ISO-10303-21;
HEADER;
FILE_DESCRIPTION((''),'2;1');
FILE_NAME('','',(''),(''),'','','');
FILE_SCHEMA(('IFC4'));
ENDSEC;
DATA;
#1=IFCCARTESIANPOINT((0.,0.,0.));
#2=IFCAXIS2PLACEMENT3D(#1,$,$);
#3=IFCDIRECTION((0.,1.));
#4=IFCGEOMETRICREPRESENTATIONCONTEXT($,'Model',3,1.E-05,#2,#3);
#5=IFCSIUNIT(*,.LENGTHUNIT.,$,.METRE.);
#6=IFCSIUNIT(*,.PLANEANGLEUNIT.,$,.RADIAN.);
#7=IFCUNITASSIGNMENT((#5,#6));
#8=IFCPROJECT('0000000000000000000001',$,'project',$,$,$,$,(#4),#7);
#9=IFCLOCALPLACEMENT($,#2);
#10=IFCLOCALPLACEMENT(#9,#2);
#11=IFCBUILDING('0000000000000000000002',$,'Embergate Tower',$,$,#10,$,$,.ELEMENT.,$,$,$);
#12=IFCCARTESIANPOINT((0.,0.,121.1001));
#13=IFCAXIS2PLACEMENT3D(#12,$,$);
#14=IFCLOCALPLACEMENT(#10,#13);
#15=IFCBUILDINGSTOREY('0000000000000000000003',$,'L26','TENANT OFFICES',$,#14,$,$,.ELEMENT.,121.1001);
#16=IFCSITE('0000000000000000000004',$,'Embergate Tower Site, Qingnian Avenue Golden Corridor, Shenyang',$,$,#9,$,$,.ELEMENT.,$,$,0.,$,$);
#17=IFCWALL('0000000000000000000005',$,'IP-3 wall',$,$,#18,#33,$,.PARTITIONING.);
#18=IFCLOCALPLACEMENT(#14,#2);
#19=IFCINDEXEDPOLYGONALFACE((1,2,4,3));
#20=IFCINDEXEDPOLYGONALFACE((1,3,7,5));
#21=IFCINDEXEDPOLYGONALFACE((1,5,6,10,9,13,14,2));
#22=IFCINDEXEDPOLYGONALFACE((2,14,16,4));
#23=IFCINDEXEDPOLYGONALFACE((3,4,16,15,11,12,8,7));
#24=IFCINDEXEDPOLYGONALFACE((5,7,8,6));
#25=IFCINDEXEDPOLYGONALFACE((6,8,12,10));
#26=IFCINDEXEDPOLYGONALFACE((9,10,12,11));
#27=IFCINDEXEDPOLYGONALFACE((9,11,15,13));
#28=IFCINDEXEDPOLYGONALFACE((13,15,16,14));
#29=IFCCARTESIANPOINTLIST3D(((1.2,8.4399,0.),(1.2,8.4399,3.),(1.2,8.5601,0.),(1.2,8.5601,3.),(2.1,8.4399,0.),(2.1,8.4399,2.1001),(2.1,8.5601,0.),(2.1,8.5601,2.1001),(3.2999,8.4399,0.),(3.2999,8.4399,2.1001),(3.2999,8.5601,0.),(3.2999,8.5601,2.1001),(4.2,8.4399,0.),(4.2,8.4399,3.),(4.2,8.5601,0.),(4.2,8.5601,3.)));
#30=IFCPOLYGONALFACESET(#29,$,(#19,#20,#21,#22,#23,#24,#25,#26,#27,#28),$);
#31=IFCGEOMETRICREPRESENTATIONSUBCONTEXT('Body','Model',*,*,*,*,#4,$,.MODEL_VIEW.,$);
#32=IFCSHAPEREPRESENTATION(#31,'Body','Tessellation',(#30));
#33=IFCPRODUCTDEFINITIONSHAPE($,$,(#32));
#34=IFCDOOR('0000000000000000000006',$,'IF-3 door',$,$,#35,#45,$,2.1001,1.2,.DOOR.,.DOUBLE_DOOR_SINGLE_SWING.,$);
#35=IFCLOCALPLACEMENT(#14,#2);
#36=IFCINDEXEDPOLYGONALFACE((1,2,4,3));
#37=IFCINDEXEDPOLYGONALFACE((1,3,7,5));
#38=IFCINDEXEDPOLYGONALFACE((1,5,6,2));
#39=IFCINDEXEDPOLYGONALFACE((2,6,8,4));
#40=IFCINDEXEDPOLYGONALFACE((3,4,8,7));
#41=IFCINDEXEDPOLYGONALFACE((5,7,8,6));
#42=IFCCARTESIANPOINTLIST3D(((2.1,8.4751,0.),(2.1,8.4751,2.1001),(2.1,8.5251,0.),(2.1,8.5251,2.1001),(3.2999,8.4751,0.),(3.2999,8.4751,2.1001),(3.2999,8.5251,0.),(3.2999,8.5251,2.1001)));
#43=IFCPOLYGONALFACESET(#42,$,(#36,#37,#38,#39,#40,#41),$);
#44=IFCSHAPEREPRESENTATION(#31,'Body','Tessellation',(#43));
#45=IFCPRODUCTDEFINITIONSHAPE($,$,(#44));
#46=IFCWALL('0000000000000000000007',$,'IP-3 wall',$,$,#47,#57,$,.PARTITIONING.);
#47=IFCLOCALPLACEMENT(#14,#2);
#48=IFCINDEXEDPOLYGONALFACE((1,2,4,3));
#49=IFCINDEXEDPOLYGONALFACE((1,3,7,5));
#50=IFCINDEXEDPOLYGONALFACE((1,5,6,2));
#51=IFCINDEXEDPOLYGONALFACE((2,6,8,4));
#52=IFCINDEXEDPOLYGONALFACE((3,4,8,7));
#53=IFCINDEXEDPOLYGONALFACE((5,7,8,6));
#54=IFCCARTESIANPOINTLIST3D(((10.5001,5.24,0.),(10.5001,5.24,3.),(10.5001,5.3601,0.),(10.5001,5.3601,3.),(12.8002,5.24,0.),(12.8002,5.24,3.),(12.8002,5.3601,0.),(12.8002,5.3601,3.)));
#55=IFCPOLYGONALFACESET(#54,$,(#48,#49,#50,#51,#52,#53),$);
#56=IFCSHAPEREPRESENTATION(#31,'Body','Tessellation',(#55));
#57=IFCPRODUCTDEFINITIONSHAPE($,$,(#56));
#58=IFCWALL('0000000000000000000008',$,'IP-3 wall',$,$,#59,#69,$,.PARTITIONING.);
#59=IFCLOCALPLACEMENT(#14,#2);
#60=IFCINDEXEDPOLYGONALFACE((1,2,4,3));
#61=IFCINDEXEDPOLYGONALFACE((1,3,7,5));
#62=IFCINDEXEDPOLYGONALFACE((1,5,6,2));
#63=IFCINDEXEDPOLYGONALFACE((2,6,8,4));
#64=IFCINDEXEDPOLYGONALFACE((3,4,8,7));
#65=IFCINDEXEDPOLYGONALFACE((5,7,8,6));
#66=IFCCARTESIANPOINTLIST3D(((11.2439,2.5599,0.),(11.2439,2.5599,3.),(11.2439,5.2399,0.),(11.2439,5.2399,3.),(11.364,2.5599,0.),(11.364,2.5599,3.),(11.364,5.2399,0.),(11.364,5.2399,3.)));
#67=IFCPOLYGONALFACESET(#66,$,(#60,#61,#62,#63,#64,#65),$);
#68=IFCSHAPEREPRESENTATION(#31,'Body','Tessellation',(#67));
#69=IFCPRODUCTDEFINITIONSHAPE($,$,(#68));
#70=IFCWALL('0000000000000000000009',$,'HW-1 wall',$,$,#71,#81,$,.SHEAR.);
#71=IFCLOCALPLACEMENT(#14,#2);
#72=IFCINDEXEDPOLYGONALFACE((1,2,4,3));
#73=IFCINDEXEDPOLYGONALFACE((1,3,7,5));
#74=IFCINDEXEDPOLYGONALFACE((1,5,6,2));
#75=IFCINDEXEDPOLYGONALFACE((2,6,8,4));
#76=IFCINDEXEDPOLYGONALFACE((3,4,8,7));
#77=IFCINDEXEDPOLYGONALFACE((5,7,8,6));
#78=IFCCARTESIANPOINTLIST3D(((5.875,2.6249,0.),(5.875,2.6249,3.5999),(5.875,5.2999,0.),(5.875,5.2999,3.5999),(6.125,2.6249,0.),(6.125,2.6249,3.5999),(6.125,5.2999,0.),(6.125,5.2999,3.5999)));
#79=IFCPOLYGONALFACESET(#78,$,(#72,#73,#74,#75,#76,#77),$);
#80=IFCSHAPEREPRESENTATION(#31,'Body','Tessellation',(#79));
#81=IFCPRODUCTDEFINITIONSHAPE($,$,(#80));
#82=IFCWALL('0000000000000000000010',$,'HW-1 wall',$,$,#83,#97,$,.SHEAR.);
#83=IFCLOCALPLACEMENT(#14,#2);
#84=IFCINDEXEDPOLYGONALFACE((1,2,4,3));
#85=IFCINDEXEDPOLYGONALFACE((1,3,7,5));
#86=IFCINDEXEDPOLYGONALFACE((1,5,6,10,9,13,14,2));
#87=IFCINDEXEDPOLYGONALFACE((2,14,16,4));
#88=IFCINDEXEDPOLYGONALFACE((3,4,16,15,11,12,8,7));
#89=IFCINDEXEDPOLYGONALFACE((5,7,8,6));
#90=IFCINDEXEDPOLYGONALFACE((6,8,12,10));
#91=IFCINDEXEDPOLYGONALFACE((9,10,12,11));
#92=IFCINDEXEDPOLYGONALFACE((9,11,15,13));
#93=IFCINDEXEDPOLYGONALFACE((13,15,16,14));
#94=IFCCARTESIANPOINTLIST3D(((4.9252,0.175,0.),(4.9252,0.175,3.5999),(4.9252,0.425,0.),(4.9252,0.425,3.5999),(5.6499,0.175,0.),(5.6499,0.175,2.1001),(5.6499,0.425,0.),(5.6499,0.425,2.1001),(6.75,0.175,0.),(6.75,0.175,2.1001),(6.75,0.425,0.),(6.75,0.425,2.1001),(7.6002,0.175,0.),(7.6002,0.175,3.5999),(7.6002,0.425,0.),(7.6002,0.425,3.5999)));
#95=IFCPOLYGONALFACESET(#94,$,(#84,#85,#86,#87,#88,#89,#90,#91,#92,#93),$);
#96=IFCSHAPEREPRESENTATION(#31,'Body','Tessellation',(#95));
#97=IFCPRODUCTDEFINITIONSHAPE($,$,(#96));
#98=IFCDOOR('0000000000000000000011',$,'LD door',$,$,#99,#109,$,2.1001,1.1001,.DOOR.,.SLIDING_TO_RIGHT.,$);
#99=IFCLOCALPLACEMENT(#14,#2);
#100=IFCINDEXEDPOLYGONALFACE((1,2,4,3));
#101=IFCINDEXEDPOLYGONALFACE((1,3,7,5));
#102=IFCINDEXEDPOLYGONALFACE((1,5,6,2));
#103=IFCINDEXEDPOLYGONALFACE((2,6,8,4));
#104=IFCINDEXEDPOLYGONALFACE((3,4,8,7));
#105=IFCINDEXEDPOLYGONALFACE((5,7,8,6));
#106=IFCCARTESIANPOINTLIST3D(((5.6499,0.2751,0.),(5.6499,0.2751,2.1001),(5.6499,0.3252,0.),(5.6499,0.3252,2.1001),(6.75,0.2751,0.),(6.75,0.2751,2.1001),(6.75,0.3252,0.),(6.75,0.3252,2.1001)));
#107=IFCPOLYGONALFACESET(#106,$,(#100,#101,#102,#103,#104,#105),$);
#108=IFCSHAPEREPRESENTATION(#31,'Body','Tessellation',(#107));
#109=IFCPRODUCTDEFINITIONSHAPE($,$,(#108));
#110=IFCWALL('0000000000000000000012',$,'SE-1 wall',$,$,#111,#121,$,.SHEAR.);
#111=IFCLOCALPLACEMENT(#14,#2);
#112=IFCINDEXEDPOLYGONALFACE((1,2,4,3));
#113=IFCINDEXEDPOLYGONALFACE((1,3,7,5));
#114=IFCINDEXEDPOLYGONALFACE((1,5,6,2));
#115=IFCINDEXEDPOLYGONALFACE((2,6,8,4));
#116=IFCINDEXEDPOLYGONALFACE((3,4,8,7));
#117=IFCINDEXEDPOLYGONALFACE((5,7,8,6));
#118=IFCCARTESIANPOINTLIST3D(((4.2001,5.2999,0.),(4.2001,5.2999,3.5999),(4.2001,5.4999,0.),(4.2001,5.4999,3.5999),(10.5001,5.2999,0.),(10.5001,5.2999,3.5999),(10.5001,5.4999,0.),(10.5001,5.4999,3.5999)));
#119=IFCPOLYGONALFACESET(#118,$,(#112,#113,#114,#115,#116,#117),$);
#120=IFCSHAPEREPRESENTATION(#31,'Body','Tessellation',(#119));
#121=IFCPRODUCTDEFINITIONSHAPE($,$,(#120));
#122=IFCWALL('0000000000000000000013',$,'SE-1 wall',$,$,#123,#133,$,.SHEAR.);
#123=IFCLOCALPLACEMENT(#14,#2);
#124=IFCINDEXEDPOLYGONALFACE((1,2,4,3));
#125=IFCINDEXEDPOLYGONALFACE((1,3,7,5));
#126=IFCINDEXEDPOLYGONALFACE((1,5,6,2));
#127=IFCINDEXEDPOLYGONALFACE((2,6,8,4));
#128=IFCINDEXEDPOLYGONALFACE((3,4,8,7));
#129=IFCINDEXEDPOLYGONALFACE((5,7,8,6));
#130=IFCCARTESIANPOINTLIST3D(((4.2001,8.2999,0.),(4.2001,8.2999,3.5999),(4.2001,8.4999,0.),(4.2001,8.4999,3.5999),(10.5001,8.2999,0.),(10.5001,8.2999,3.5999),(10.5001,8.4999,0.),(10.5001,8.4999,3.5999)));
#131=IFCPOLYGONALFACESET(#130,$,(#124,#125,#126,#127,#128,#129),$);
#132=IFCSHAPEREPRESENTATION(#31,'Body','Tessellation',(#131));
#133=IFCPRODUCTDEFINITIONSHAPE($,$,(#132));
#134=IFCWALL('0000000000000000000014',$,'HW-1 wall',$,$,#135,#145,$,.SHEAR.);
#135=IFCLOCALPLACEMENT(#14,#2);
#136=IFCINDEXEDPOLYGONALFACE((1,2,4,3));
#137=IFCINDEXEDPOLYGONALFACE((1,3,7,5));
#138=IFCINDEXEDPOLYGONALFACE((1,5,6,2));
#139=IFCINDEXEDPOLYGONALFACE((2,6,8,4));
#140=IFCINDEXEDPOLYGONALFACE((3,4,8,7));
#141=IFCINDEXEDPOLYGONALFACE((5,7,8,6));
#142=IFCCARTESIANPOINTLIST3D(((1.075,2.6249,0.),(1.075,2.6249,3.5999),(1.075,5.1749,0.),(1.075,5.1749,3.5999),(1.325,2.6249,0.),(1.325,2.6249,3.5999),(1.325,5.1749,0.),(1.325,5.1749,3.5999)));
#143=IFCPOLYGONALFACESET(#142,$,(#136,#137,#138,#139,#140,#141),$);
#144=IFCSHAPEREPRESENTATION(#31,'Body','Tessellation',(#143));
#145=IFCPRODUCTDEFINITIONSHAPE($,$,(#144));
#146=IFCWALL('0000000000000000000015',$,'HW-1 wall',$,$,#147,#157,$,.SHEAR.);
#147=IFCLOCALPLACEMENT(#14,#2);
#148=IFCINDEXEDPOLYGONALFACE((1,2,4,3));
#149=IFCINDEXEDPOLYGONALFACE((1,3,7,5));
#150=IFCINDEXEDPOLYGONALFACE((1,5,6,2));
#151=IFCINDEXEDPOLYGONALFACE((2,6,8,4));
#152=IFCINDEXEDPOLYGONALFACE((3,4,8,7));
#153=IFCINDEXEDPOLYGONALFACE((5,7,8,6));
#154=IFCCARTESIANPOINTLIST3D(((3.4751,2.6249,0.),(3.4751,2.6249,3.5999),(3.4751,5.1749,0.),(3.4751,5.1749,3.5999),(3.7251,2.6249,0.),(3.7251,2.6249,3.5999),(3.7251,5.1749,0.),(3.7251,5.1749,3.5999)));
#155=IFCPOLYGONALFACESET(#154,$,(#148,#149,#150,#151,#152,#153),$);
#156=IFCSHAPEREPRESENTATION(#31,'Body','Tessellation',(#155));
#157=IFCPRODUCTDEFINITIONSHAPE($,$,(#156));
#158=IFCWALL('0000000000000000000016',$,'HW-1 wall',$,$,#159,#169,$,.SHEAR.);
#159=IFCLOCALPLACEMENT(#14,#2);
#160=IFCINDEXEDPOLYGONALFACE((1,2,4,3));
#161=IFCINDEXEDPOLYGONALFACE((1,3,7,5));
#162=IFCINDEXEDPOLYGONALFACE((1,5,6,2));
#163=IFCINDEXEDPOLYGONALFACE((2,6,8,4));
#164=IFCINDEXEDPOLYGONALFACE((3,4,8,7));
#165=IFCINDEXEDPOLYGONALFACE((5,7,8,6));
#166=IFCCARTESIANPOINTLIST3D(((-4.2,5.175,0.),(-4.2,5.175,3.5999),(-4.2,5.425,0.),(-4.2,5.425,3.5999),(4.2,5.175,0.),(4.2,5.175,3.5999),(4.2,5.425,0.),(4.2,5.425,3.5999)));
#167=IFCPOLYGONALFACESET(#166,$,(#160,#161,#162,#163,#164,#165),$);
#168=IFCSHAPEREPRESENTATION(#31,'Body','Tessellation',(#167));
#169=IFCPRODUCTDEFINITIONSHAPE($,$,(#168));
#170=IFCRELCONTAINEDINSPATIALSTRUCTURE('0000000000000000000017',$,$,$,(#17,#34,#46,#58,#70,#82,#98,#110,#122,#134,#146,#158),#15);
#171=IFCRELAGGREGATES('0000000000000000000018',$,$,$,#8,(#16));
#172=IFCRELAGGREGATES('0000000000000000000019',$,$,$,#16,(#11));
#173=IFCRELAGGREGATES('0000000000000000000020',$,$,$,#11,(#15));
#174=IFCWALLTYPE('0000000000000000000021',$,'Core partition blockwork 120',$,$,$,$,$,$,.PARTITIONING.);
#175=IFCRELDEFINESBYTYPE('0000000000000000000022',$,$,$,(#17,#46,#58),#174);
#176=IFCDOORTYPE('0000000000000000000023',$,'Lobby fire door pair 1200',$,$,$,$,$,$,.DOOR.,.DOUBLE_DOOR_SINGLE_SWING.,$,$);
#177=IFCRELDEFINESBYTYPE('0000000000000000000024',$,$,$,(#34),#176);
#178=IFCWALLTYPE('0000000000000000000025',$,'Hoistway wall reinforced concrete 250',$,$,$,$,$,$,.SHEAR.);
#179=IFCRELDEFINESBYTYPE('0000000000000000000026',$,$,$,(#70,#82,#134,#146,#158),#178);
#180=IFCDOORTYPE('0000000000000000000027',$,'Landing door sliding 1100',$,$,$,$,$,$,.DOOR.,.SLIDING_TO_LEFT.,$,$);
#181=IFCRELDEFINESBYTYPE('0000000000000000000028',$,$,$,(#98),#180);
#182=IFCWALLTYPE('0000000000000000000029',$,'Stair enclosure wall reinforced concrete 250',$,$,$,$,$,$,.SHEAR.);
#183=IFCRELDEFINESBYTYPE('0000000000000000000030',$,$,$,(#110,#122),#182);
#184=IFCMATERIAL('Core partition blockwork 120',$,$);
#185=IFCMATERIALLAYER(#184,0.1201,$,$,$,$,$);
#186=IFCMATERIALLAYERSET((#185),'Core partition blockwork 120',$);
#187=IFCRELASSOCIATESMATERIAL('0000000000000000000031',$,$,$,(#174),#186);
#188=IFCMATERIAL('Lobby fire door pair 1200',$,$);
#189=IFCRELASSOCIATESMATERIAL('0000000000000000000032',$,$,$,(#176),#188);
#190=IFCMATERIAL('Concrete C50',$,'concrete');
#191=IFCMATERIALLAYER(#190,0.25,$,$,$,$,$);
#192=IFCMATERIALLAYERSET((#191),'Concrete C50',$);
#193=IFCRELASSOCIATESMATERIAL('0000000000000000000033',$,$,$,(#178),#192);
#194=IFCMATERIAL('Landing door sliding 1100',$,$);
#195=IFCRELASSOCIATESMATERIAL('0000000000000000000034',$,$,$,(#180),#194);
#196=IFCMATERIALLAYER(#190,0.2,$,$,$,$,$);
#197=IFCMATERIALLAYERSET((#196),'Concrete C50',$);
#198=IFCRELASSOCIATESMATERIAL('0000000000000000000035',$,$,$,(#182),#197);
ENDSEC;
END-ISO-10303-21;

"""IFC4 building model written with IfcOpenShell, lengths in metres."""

from ifc_helpers import new_model, si_unit, direction, frame, frame_2d, origin, place, context, subcontext, project, spatial, rectangle, extrude, source, transform, mapped, material, layer, layer_set, type_object, element, fill, save


model = new_model("IFC4")

# Units and contexts
model_context = context("Model", 3, precision=1e-05, world=origin(), true_north=direction((0.0, 1.0)))
body_context = subcontext(model_context, "Body", "Model", "MODEL_VIEW")
ifc_project = project(units=[si_unit("LENGTHUNIT", "METRE"), si_unit("PLANEANGLEUNIT", "RADIAN")], contexts=[model_context])

# Site, building, storey
site_placement = place(None, origin())
site = spatial("IfcSite", under=ifc_project, at=site_placement, Name="Embergate Tower Site, Qingnian Avenue Golden Corridor, Shenyang", CompositionType="ELEMENT", RefElevation=0.0)
building_placement = place(site_placement, origin())
building = spatial("IfcBuilding", under=site, at=building_placement, Name="Embergate Tower", CompositionType="ELEMENT")
storey_placement = place(building_placement, frame((0.0, 0.0, 121.1001)))
storey = spatial("IfcBuildingStorey", under=building, at=storey_placement, Name="L26", Description="TENANT OFFICES", CompositionType="ELEMENT", Elevation=121.1001)

# Shared definitions
ifc_material_1 = material(Name="Core partition blockwork 120")
ifc_layer_1 = layer(ifc_material_1, 0.1201)
ifc_layer_set_1 = layer_set([ifc_layer_1], Name="Core partition blockwork 120")
wall_type_1 = type_object("IfcWallType", Name="Core partition blockwork 120", PredefinedType="PARTITIONING", material=ifc_layer_set_1)

# Wall, opening, door
shared_shape_1 = source(origin(), body_context, "Body", "SweptSolid", [
    extrude(rectangle(XDim=3.0, YDim=0.1201, at=frame_2d((1.5, 0.0))), origin(), (0.0, 0.0, 1.0), 3.0),
])
wall_1_placement = place(storey_placement, frame((4.2, 8.5, 0.0), z_axis=(0.0, 0.0, 1.0), x_axis=(-1.0, 0.0, 0.0)))
wall_1 = element("IfcWall", 1, at=wall_1_placement, inside=storey, type_object=wall_type_1, Name="IP-3 wall", PredefinedType="PARTITIONING", context=body_context, shape_type="MappedRepresentation", body=[
    mapped(shared_shape_1, transform((0.0, 0.0, 0.0))),
])
shared_shape_2 = source(origin(), body_context, "Body", "SweptSolid", [
    extrude(rectangle(XDim=1.2, YDim=2.1001, at=frame_2d((0.6001, 1.05))), frame((0.0, 0.0701, 0.0), z_axis=(0.0, -1.0, 0.0), x_axis=(1.0, 0.0, 0.0)), (0.0, 0.0, 1.0), 0.1401),
])
opening_1_placement = place(wall_1_placement, frame((0.8999, 0.0, 0.0)))
opening_1 = element("IfcOpeningElement", 2, at=opening_1_placement, cuts=wall_1, PredefinedType="OPENING", context=body_context, shape_type="MappedRepresentation", body=[
    mapped(shared_shape_2, transform((0.0, 0.0, 0.0))),
])
ifc_material_2 = material(Name="Lobby fire door pair 1200")
door_type_1 = type_object("IfcDoorType", Name="Lobby fire door pair 1200", OperationType="DOUBLE_DOOR_SINGLE_SWING", PredefinedType="DOOR", material=ifc_material_2)
shared_shape_3 = source(origin(), body_context, "Body", "SweptSolid", [
    extrude(rectangle(XDim=1.2, YDim=2.1001, at=frame_2d((0.6001, 1.05))), frame((0.0, 0.0249, 0.0), z_axis=(0.0, -1.0, 0.0), x_axis=(1.0, 0.0, 0.0)), (0.0, 0.0, 1.0), 0.05),
])
door_1_placement = place(opening_1_placement, origin())
door_1 = element("IfcDoor", 3, at=door_1_placement, inside=storey, type_object=door_type_1, Name="IF-3 door", OperationType="DOUBLE_DOOR_SINGLE_SWING", OverallHeight=2.1001, OverallWidth=1.2, PredefinedType="DOOR", context=body_context, shape_type="MappedRepresentation", body=[
    mapped(shared_shape_3, transform((0.0, 0.0, 0.0))),
])
fill(opening_1, door_1)

# Walls
shared_shape_4 = source(origin(), body_context, "Body", "SweptSolid", [
    extrude(rectangle(XDim=2.3, YDim=0.1201, at=frame_2d((1.1499, 0.0))), origin(), (0.0, 0.0, 1.0), 3.0),
])
wall_2_placement = place(storey_placement, frame((12.8, 5.3, 0.0), z_axis=(0.0, 0.0, 1.0), x_axis=(-1.0, 0.0, 0.0)))
element("IfcWall", 4, at=wall_2_placement, inside=storey, type_object=wall_type_1, Name="IP-3 wall", PredefinedType="PARTITIONING", context=body_context, shape_type="MappedRepresentation", body=[
    mapped(shared_shape_4, transform((0.0, 0.0, 0.0))),
])
shared_shape_5 = source(origin(), body_context, "Body", "SweptSolid", [
    extrude(rectangle(XDim=2.6799, YDim=0.1201, at=frame_2d((1.3398, 0.0))), origin(), (0.0, 0.0, 1.0), 3.0),
])
wall_3_placement = place(storey_placement, frame((11.304, 2.5601, 0.0), z_axis=(0.0, 0.0, 1.0), x_axis=(0.0, 1.0, 0.0)))
element("IfcWall", 5, at=wall_3_placement, inside=storey, type_object=wall_type_1, Name="IP-3 wall", PredefinedType="PARTITIONING", context=body_context, shape_type="MappedRepresentation", body=[
    mapped(shared_shape_5, transform((0.0, 0.0, 0.0))),
])
ifc_material_3 = material(Name="Concrete C50", Category="concrete")
ifc_layer_2 = layer(ifc_material_3, 0.25)
ifc_layer_set_2 = layer_set([ifc_layer_2], Name="Concrete C50")
wall_type_2 = type_object("IfcWallType", Name="Hoistway wall reinforced concrete 250", PredefinedType="SHEAR", material=ifc_layer_set_2)
shared_shape_6 = source(origin(), body_context, "Body", "SweptSolid", [
    extrude(rectangle(XDim=2.675, YDim=0.25, at=frame_2d((1.3374, 0.0))), origin(), (0.0, 0.0, 1.0), 3.5999),
])
wall_4_placement = place(storey_placement, frame((6.0, 2.625, 0.0), z_axis=(0.0, 0.0, 1.0), x_axis=(0.0, 1.0, 0.0)))
element("IfcWall", 6, at=wall_4_placement, inside=storey, type_object=wall_type_2, Name="HW-1 wall", PredefinedType="SHEAR", context=body_context, shape_type="MappedRepresentation", body=[
    mapped(shared_shape_6, transform((0.0, 0.0, 0.0))),
])

# Wall, opening, door
wall_5_placement = place(storey_placement, frame((7.6001, 0.3, 0.0), z_axis=(0.0, 0.0, 1.0), x_axis=(-1.0, 0.0, 0.0)))
wall_5 = element("IfcWall", 7, at=wall_5_placement, inside=storey, type_object=wall_type_2, Name="HW-1 wall", PredefinedType="SHEAR", context=body_context, shape_type="MappedRepresentation", body=[
    mapped(shared_shape_6, transform((0.0, 0.0, 0.0))),
])
shared_shape_7 = source(origin(), body_context, "Body", "SweptSolid", [
    extrude(rectangle(XDim=1.1001, YDim=2.1001, at=frame_2d((0.55, 1.05))), frame((0.0, 0.135, 0.0), z_axis=(0.0, -1.0, 0.0), x_axis=(1.0, 0.0, 0.0)), (0.0, 0.0, 1.0), 0.27),
])
opening_2_placement = place(wall_5_placement, frame((0.8501, 0.0, 0.0)))
opening_2 = element("IfcOpeningElement", 8, at=opening_2_placement, cuts=wall_5, PredefinedType="OPENING", context=body_context, shape_type="MappedRepresentation", body=[
    mapped(shared_shape_7, transform((0.0, 0.0, 0.0))),
])
ifc_material_4 = material(Name="Landing door sliding 1100")
door_type_2 = type_object("IfcDoorType", Name="Landing door sliding 1100", OperationType="SLIDING_TO_LEFT", PredefinedType="DOOR", material=ifc_material_4)
shared_shape_8 = source(origin(), body_context, "Body", "SweptSolid", [
    extrude(rectangle(XDim=1.1001, YDim=2.1001, at=frame_2d((0.55, 1.05))), frame((0.0, 0.0249, 0.0), z_axis=(0.0, -1.0, 0.0), x_axis=(1.0, 0.0, 0.0)), (0.0, 0.0, 1.0), 0.05),
])
door_2_placement = place(opening_2_placement, origin())
door_2 = element("IfcDoor", 9, at=door_2_placement, inside=storey, type_object=door_type_2, Name="LD door", OperationType="SLIDING_TO_RIGHT", OverallHeight=2.1001, OverallWidth=1.1001, PredefinedType="DOOR", context=body_context, shape_type="MappedRepresentation", body=[
    mapped(shared_shape_8, transform((0.0, 0.0, 0.0))),
])
fill(opening_2, door_2)

# Walls
ifc_layer_3 = layer(ifc_material_3, 0.2)
ifc_layer_set_3 = layer_set([ifc_layer_3], Name="Concrete C50")
wall_type_3 = type_object("IfcWallType", Name="Stair enclosure wall reinforced concrete 250", PredefinedType="SHEAR", material=ifc_layer_set_3)
shared_shape_9 = source(origin(), body_context, "Body", "SweptSolid", [
    extrude(rectangle(XDim=6.3, YDim=0.2, at=frame_2d((3.1499, 0.0))), origin(), (0.0, 0.0, 1.0), 3.5999),
])
for number, where, z_axis, x_axis, name in (
    (10, (10.5, 5.3999, 0.0), (0.0, 0.0, 1.0), (-1.0, 0.0, 0.0), "SE-1 wall"),
    (11, (10.5, 8.3999, 0.0), (0.0, 0.0, 1.0), (-1.0, 0.0, 0.0), "SE-1 wall"),
):
    element("IfcWall", number, at=place(storey_placement, frame(where, z_axis=z_axis, x_axis=x_axis)), inside=storey, type_object=wall_type_3, Name=name, PredefinedType="SHEAR", context=body_context, shape_type="MappedRepresentation", body=[
        mapped(shared_shape_9, transform((0.0, 0.0, 0.0))),
    ])
shared_shape_10 = source(origin(), body_context, "Body", "SweptSolid", [
    extrude(rectangle(XDim=2.55, YDim=0.25, at=frame_2d((1.2749, 0.0))), origin(), (0.0, 0.0, 1.0), 3.5999),
])
for number, where, z_axis, x_axis, name in (
    (12, (1.2, 2.625, 0.0), (0.0, 0.0, 1.0), (0.0, 1.0, 0.0), "HW-1 wall"),
    (13, (3.6001, 2.625, 0.0), (0.0, 0.0, 1.0), (0.0, 1.0, 0.0), "HW-1 wall"),
):
    element("IfcWall", number, at=place(storey_placement, frame(where, z_axis=z_axis, x_axis=x_axis)), inside=storey, type_object=wall_type_2, Name=name, PredefinedType="SHEAR", context=body_context, shape_type="MappedRepresentation", body=[
        mapped(shared_shape_10, transform((0.0, 0.0, 0.0))),
    ])
shared_shape_11 = source(origin(), body_context, "Body", "SweptSolid", [
    extrude(rectangle(XDim=8.3999, YDim=0.25, at=frame_2d((4.2, 0.0))), origin(), (0.0, 0.0, 1.0), 3.5999),
])
wall_6_placement = place(storey_placement, frame((4.2, 5.3, 0.0), z_axis=(0.0, 0.0, 1.0), x_axis=(-1.0, 0.0, 0.0)))
element("IfcWall", 14, at=wall_6_placement, inside=storey, type_object=wall_type_2, Name="HW-1 wall", PredefinedType="SHEAR", context=body_context, shape_type="MappedRepresentation", body=[
    mapped(shared_shape_11, transform((0.0, 0.0, 0.0))),
])

save(model, "model.ifc")
